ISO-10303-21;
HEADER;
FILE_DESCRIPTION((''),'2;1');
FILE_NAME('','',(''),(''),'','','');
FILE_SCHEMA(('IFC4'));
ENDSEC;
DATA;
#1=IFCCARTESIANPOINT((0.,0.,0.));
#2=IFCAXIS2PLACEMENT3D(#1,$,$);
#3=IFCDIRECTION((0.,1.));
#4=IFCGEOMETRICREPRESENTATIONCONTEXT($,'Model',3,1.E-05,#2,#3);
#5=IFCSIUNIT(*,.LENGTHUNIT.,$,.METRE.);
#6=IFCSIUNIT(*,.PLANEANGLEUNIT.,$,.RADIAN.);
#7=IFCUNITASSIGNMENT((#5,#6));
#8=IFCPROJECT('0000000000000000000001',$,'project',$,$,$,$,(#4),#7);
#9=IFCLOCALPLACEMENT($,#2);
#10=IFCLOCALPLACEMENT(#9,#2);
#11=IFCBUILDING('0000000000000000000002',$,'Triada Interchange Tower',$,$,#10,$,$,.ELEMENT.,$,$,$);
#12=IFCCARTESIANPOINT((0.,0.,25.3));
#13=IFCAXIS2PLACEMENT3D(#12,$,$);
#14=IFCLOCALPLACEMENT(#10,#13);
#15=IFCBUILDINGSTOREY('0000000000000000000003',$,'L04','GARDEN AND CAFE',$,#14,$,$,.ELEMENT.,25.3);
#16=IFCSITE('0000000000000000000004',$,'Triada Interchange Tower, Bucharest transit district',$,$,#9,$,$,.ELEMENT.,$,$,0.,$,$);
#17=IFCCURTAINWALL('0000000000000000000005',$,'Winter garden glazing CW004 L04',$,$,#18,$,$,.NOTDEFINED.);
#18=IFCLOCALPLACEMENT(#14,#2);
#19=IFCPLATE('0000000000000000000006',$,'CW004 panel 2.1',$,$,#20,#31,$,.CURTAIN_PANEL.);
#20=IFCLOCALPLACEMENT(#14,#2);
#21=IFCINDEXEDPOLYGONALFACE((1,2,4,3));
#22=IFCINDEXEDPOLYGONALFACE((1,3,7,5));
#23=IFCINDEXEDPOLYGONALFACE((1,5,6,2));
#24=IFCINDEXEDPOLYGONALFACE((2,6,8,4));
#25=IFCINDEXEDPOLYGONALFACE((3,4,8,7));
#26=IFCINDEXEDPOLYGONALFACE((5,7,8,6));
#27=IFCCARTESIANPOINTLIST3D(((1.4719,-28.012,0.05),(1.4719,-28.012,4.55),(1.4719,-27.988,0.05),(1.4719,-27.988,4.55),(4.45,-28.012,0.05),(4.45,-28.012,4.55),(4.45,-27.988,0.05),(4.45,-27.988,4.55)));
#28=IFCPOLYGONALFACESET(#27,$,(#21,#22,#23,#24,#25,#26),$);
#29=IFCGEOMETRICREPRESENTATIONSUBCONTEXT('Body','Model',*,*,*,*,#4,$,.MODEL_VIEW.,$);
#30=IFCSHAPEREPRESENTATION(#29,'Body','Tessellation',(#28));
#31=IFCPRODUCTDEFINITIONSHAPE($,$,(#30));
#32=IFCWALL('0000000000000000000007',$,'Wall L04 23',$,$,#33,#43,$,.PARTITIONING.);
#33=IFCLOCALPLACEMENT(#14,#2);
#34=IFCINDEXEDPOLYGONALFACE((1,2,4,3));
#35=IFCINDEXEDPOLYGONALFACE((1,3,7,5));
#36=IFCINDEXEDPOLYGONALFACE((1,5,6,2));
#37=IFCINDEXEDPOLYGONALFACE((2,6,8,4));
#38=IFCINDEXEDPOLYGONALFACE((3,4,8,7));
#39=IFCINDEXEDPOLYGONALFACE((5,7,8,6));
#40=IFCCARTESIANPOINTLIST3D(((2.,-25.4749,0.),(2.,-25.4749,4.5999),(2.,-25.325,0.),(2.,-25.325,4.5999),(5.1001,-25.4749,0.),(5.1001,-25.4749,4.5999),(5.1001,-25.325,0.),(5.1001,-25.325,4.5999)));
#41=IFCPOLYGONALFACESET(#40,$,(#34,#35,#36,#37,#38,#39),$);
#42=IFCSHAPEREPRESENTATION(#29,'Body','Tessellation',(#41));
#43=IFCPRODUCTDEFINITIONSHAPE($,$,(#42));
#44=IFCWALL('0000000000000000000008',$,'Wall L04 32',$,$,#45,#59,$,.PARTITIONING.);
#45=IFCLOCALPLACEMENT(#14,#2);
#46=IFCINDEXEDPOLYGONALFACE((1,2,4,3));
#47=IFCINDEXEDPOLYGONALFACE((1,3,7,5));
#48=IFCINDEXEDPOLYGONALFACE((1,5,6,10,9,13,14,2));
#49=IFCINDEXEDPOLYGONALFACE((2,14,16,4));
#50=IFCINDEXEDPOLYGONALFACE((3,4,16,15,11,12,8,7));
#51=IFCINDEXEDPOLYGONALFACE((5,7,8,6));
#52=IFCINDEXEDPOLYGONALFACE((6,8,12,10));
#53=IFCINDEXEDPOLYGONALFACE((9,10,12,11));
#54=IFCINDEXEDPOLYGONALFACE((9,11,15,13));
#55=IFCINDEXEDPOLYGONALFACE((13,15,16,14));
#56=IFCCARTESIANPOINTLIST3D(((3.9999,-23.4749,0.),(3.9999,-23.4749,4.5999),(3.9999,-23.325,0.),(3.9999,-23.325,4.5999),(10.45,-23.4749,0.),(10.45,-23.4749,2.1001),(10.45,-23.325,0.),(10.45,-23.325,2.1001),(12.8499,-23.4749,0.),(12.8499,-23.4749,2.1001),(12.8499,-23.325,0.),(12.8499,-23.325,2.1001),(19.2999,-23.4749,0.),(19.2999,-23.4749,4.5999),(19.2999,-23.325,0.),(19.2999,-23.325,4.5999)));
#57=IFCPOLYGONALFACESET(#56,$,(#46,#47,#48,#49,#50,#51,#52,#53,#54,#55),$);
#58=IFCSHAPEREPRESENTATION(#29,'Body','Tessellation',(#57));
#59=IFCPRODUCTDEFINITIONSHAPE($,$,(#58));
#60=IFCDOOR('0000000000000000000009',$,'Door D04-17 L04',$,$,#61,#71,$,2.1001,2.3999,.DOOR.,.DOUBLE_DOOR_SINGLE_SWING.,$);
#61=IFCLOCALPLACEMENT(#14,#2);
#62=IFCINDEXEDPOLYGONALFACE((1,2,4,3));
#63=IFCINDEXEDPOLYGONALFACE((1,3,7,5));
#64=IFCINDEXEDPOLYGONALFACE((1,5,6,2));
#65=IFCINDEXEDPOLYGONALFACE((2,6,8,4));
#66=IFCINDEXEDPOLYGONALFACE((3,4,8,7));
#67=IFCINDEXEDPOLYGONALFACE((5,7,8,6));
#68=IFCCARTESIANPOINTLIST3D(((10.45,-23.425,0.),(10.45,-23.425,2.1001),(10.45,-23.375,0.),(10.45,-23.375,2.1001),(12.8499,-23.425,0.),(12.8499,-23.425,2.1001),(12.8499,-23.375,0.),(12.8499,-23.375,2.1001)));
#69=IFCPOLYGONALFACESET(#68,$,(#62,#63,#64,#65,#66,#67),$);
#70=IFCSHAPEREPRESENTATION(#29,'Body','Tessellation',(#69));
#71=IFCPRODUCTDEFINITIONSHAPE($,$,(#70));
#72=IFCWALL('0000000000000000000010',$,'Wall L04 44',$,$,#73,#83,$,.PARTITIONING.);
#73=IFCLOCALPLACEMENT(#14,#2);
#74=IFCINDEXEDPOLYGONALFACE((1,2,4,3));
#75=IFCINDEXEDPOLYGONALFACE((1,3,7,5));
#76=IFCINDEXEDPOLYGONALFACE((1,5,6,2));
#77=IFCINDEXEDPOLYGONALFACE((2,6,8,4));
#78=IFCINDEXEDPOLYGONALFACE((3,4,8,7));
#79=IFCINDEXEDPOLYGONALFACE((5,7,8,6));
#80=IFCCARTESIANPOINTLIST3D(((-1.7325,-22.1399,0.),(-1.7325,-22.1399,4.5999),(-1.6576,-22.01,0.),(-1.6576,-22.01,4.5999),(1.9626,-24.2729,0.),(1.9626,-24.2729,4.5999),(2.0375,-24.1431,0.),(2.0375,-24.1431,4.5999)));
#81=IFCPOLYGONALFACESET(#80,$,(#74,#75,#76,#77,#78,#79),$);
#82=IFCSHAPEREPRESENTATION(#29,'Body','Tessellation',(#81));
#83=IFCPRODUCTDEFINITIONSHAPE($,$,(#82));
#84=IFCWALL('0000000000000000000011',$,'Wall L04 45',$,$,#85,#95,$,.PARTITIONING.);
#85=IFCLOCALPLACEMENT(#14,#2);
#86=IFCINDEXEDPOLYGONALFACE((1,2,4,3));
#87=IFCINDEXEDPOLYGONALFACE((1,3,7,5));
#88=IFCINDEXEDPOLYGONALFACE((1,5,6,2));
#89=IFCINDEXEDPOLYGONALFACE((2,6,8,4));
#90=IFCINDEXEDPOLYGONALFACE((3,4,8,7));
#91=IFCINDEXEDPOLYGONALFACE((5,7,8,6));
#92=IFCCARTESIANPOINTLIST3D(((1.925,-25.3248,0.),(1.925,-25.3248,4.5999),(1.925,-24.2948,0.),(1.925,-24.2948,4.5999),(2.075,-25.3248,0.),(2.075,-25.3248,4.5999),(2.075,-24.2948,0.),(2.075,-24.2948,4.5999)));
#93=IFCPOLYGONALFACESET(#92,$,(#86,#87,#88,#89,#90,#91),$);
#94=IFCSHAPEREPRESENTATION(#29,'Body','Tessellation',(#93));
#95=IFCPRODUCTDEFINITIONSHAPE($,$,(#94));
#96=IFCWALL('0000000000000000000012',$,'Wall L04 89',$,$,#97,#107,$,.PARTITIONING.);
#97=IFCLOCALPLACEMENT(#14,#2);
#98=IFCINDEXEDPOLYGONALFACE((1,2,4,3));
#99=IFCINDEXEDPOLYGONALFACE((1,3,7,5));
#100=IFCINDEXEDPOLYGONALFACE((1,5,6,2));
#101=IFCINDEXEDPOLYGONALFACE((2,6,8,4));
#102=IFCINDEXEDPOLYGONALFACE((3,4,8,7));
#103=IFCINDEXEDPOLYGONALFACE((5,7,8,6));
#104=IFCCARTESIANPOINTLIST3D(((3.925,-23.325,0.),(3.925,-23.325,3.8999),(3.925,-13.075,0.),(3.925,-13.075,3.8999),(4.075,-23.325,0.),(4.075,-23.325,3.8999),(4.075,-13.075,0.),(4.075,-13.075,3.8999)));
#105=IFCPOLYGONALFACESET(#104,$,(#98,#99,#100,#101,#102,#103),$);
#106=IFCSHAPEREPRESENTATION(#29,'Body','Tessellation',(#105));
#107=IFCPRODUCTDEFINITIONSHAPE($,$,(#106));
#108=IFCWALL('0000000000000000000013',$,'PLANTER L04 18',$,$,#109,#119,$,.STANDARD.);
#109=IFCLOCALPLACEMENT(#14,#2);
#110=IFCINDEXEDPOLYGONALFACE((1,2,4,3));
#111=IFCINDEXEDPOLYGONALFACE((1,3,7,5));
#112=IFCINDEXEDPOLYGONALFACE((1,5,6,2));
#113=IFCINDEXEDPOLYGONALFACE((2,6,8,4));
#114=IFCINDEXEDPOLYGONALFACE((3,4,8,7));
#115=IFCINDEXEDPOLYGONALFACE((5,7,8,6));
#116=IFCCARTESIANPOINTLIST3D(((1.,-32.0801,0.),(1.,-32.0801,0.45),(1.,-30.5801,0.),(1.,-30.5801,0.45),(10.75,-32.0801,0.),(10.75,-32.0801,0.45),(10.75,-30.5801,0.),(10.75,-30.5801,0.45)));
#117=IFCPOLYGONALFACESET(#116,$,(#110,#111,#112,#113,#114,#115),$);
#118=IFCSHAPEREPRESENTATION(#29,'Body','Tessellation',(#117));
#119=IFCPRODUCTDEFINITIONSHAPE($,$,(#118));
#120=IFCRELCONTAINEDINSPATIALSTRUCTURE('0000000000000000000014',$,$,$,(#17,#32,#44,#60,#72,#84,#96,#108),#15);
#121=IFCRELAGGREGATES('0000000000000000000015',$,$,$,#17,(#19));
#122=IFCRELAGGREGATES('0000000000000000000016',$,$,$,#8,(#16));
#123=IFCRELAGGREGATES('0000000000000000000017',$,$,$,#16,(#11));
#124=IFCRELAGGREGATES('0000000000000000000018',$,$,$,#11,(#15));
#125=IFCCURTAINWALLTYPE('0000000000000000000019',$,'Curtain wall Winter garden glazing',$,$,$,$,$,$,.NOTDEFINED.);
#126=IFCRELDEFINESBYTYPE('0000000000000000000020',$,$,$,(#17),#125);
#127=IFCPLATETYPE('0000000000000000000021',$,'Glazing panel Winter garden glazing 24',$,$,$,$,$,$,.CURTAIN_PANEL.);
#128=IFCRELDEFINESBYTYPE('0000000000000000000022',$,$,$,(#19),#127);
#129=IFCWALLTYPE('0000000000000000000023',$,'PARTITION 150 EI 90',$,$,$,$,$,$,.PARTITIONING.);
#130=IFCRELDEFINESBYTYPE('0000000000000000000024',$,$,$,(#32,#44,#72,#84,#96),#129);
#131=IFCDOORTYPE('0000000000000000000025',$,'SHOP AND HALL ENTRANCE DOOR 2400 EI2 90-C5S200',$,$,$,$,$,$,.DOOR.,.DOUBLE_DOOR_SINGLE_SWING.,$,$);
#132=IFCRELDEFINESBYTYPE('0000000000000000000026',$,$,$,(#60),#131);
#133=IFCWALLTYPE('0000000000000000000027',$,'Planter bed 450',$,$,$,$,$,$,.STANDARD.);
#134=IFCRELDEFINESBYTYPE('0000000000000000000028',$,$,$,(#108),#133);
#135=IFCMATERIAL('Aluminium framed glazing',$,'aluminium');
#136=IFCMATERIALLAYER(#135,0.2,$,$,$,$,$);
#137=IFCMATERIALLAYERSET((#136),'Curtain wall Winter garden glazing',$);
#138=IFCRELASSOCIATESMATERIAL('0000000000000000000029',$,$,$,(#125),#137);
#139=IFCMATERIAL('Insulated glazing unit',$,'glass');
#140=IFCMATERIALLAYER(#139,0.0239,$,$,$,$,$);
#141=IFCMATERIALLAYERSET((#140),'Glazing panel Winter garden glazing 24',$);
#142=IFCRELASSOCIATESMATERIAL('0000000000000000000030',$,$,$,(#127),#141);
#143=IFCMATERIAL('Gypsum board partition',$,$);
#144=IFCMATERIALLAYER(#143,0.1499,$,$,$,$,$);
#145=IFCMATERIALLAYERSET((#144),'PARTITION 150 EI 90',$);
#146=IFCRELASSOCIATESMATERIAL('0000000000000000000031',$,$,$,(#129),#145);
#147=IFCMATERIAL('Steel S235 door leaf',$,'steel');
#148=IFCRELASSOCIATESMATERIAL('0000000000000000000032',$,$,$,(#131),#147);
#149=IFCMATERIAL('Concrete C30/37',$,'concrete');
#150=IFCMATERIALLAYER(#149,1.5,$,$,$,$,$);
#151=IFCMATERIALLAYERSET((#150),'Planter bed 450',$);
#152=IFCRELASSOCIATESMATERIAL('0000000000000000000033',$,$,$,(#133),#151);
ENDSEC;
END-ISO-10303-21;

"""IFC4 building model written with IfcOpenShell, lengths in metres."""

from ifc_helpers import new_model, si_unit, direction, frame, frame_2d, origin, origin_2d, place, context, subcontext, project, spatial, rectangle, extrude, material, layer, layer_set, type_object, element, fill, aggregate, save


model = new_model("IFC4")

# Units and contexts
model_context = context("Model", 3, precision=1e-05, world=origin(), true_north=direction((0.0, 1.0)))
body_context = subcontext(model_context, "Body", "Model", "MODEL_VIEW")
ifc_project = project(units=[si_unit("LENGTHUNIT", "METRE"), si_unit("PLANEANGLEUNIT", "RADIAN")], contexts=[model_context])

# Site, building, storey
site_placement = place(None, origin())
site = spatial("IfcSite", under=ifc_project, at=site_placement, Name="Triada Interchange Tower, Bucharest transit district", CompositionType="ELEMENT", RefElevation=0.0)
building_placement = place(site_placement, origin())
building = spatial("IfcBuilding", under=site, at=building_placement, Name="Triada Interchange Tower", CompositionType="ELEMENT")
storey_placement = place(building_placement, frame((0.0, 0.0, 25.3)))
storey = spatial("IfcBuildingStorey", under=building, at=storey_placement, Name="L04", Description="GARDEN AND CAFE", CompositionType="ELEMENT", Elevation=25.3)

# Shared definitions
ifc_material_1 = material(Name="Aluminium framed glazing", Category="aluminium")
ifc_layer_1 = layer(ifc_material_1, 0.2)
ifc_layer_set_1 = layer_set([ifc_layer_1], Name="Curtain wall Winter garden glazing")
curtain_wall_type = type_object("IfcCurtainWallType", Name="Curtain wall Winter garden glazing", PredefinedType="NOTDEFINED", material=ifc_layer_set_1)

# Curtain wall
curtain_wall_1_placement = place(storey_placement, origin())
curtain_wall_1 = element("IfcCurtainWall", 1, at=curtain_wall_1_placement, inside=storey, type_object=curtain_wall_type, Name="Winter garden glazing CW004 L04", PredefinedType="NOTDEFINED")

# Plate
ifc_material_2 = material(Name="Insulated glazing unit", Category="glass")
ifc_layer_2 = layer(ifc_material_2, 0.0239)
ifc_layer_set_2 = layer_set([ifc_layer_2], Name="Glazing panel Winter garden glazing 24")
plate_type = type_object("IfcPlateType", Name="Glazing panel Winter garden glazing 24", PredefinedType="CURTAIN_PANEL", material=ifc_layer_set_2)
plate_1_placement = place(storey_placement, frame((2.9609, -28.0, 0.05), z_axis=(0.0, 0.0, 1.0), x_axis=(1.0, 0.0, 0.0)))
plate_1 = element("IfcPlate", 2, at=plate_1_placement, type_object=plate_type, Name="CW004 panel 2.1", PredefinedType="CURTAIN_PANEL", context=body_context, shape_type="SweptSolid", body=[
    extrude(rectangle(XDim=2.978, YDim=0.0239, at=origin_2d()), origin(), (0.0, 0.0, 1.0), 4.5),
])
aggregate(curtain_wall_1, [plate_1])

# Wall
ifc_material_3 = material(Name="Gypsum board partition")
ifc_layer_3 = layer(ifc_material_3, 0.1499)
ifc_layer_set_3 = layer_set([ifc_layer_3], Name="PARTITION 150 EI 90")
wall_type_1 = type_object("IfcWallType", Name="PARTITION 150 EI 90", PredefinedType="PARTITIONING", material=ifc_layer_set_3)
wall_1_placement = place(storey_placement, frame((2.0, -25.3999, 0.0), z_axis=(0.0, 0.0, 1.0), x_axis=(1.0, 0.0, 0.0)))
element("IfcWall", 3, at=wall_1_placement, inside=storey, type_object=wall_type_1, Name="Wall L04 23", PredefinedType="PARTITIONING", context=body_context, shape_type="SweptSolid", body=[
    extrude(rectangle(XDim=3.1001, YDim=0.1499, at=frame_2d((1.55, 0.0))), origin(), (0.0, 0.0, 1.0), 4.5999),
])

# Wall, opening, door
wall_2_placement = place(storey_placement, frame((4.0, -23.3999, 0.0), z_axis=(0.0, 0.0, 1.0), x_axis=(1.0, 0.0, 0.0)))
wall_2 = element("IfcWall", 4, at=wall_2_placement, inside=storey, type_object=wall_type_1, Name="Wall L04 32", PredefinedType="PARTITIONING", context=body_context, shape_type="SweptSolid", body=[
    extrude(rectangle(XDim=15.3, YDim=0.1499, at=frame_2d((7.6499, 0.0))), origin(), (0.0, 0.0, 1.0), 4.5999),
])
opening_placement = place(wall_2_placement, frame((6.45, 0.0, 0.0)))
opening = element("IfcOpeningElement", 5, at=opening_placement, cuts=wall_2, PredefinedType="OPENING", context=body_context, shape_type="SweptSolid", body=[
    extrude(rectangle(XDim=2.3999, YDim=2.1001, at=frame_2d((1.2, 1.05))), frame((0.0, 0.085, 0.0), z_axis=(0.0, -1.0, 0.0), x_axis=(1.0, 0.0, 0.0)), (0.0, 0.0, 1.0), 0.1699),
])
ifc_material_4 = material(Name="Steel S235 door leaf", Category="steel")
door_type = type_object("IfcDoorType", Name="SHOP AND HALL ENTRANCE DOOR 2400 EI2 90-C5S200", OperationType="DOUBLE_DOOR_SINGLE_SWING", PredefinedType="DOOR", material=ifc_material_4)
door_placement = place(opening_placement, origin())
door = element("IfcDoor", 6, at=door_placement, inside=storey, type_object=door_type, Name="Door D04-17 L04", OperationType="DOUBLE_DOOR_SINGLE_SWING", OverallHeight=2.1001, OverallWidth=2.3999, PredefinedType="DOOR", context=body_context, shape_type="SweptSolid", body=[
    extrude(rectangle(XDim=2.3999, YDim=2.1001, at=frame_2d((1.2, 1.05))), frame((0.0, 0.0249, 0.0), z_axis=(0.0, -1.0, 0.0), x_axis=(1.0, 0.0, 0.0)), (0.0, 0.0, 1.0), 0.05),
])
fill(opening, door)

# Walls
wall_3_placement = place(storey_placement, frame((-1.6951, -22.075, 0.0), z_axis=(0.0, 0.0, 1.0), x_axis=(0.866055, -0.499949, 0.0)))
element("IfcWall", 7, at=wall_3_placement, inside=storey, type_object=wall_type_1, Name="Wall L04 44", PredefinedType="PARTITIONING", context=body_context, shape_type="SweptSolid", body=[
    extrude(rectangle(XDim=4.2666, YDim=0.1499, at=frame_2d((2.1333, 0.0))), origin(), (0.0, 0.0, 1.0), 4.5999),
])
wall_4_placement = place(storey_placement, frame((2.0, -25.325, 0.0), z_axis=(0.0, 0.0, 1.0), x_axis=(0.0, 1.0, 0.0)))
element("IfcWall", 8, at=wall_4_placement, inside=storey, type_object=wall_type_1, Name="Wall L04 45", PredefinedType="PARTITIONING", context=body_context, shape_type="SweptSolid", body=[
    extrude(rectangle(XDim=1.03, YDim=0.1499, at=frame_2d((0.5151, 0.0))), origin(), (0.0, 0.0, 1.0), 4.5999),
])
wall_5_placement = place(storey_placement, frame((4.0, -23.325, 0.0), z_axis=(0.0, 0.0, 1.0), x_axis=(0.0, 1.0, 0.0)))
element("IfcWall", 9, at=wall_5_placement, inside=storey, type_object=wall_type_1, Name="Wall L04 89", PredefinedType="PARTITIONING", context=body_context, shape_type="SweptSolid", body=[
    extrude(rectangle(XDim=10.25, YDim=0.1499, at=frame_2d((5.125, 0.0))), origin(), (0.0, 0.0, 1.0), 3.8999),
])
ifc_material_5 = material(Name="Concrete C30/37", Category="concrete")
ifc_layer_4 = layer(ifc_material_5, 1.5)
ifc_layer_set_4 = layer_set([ifc_layer_4], Name="Planter bed 450")
wall_type_2 = type_object("IfcWallType", Name="Planter bed 450", PredefinedType="STANDARD", material=ifc_layer_set_4)
wall_6_placement = place(storey_placement, frame((1.0, -31.3301, 0.0), z_axis=(0.0, 0.0, 1.0), x_axis=(1.0, 0.0, 0.0)))
element("IfcWall", 10, at=wall_6_placement, inside=storey, type_object=wall_type_2, Name="PLANTER L04 18", PredefinedType="STANDARD", context=body_context, shape_type="SweptSolid", body=[
    extrude(rectangle(XDim=9.75, YDim=1.5, at=frame_2d((4.875, 0.0))), origin(), (0.0, 0.0, 1.0), 0.45),
])

save(model, "model.ifc")
